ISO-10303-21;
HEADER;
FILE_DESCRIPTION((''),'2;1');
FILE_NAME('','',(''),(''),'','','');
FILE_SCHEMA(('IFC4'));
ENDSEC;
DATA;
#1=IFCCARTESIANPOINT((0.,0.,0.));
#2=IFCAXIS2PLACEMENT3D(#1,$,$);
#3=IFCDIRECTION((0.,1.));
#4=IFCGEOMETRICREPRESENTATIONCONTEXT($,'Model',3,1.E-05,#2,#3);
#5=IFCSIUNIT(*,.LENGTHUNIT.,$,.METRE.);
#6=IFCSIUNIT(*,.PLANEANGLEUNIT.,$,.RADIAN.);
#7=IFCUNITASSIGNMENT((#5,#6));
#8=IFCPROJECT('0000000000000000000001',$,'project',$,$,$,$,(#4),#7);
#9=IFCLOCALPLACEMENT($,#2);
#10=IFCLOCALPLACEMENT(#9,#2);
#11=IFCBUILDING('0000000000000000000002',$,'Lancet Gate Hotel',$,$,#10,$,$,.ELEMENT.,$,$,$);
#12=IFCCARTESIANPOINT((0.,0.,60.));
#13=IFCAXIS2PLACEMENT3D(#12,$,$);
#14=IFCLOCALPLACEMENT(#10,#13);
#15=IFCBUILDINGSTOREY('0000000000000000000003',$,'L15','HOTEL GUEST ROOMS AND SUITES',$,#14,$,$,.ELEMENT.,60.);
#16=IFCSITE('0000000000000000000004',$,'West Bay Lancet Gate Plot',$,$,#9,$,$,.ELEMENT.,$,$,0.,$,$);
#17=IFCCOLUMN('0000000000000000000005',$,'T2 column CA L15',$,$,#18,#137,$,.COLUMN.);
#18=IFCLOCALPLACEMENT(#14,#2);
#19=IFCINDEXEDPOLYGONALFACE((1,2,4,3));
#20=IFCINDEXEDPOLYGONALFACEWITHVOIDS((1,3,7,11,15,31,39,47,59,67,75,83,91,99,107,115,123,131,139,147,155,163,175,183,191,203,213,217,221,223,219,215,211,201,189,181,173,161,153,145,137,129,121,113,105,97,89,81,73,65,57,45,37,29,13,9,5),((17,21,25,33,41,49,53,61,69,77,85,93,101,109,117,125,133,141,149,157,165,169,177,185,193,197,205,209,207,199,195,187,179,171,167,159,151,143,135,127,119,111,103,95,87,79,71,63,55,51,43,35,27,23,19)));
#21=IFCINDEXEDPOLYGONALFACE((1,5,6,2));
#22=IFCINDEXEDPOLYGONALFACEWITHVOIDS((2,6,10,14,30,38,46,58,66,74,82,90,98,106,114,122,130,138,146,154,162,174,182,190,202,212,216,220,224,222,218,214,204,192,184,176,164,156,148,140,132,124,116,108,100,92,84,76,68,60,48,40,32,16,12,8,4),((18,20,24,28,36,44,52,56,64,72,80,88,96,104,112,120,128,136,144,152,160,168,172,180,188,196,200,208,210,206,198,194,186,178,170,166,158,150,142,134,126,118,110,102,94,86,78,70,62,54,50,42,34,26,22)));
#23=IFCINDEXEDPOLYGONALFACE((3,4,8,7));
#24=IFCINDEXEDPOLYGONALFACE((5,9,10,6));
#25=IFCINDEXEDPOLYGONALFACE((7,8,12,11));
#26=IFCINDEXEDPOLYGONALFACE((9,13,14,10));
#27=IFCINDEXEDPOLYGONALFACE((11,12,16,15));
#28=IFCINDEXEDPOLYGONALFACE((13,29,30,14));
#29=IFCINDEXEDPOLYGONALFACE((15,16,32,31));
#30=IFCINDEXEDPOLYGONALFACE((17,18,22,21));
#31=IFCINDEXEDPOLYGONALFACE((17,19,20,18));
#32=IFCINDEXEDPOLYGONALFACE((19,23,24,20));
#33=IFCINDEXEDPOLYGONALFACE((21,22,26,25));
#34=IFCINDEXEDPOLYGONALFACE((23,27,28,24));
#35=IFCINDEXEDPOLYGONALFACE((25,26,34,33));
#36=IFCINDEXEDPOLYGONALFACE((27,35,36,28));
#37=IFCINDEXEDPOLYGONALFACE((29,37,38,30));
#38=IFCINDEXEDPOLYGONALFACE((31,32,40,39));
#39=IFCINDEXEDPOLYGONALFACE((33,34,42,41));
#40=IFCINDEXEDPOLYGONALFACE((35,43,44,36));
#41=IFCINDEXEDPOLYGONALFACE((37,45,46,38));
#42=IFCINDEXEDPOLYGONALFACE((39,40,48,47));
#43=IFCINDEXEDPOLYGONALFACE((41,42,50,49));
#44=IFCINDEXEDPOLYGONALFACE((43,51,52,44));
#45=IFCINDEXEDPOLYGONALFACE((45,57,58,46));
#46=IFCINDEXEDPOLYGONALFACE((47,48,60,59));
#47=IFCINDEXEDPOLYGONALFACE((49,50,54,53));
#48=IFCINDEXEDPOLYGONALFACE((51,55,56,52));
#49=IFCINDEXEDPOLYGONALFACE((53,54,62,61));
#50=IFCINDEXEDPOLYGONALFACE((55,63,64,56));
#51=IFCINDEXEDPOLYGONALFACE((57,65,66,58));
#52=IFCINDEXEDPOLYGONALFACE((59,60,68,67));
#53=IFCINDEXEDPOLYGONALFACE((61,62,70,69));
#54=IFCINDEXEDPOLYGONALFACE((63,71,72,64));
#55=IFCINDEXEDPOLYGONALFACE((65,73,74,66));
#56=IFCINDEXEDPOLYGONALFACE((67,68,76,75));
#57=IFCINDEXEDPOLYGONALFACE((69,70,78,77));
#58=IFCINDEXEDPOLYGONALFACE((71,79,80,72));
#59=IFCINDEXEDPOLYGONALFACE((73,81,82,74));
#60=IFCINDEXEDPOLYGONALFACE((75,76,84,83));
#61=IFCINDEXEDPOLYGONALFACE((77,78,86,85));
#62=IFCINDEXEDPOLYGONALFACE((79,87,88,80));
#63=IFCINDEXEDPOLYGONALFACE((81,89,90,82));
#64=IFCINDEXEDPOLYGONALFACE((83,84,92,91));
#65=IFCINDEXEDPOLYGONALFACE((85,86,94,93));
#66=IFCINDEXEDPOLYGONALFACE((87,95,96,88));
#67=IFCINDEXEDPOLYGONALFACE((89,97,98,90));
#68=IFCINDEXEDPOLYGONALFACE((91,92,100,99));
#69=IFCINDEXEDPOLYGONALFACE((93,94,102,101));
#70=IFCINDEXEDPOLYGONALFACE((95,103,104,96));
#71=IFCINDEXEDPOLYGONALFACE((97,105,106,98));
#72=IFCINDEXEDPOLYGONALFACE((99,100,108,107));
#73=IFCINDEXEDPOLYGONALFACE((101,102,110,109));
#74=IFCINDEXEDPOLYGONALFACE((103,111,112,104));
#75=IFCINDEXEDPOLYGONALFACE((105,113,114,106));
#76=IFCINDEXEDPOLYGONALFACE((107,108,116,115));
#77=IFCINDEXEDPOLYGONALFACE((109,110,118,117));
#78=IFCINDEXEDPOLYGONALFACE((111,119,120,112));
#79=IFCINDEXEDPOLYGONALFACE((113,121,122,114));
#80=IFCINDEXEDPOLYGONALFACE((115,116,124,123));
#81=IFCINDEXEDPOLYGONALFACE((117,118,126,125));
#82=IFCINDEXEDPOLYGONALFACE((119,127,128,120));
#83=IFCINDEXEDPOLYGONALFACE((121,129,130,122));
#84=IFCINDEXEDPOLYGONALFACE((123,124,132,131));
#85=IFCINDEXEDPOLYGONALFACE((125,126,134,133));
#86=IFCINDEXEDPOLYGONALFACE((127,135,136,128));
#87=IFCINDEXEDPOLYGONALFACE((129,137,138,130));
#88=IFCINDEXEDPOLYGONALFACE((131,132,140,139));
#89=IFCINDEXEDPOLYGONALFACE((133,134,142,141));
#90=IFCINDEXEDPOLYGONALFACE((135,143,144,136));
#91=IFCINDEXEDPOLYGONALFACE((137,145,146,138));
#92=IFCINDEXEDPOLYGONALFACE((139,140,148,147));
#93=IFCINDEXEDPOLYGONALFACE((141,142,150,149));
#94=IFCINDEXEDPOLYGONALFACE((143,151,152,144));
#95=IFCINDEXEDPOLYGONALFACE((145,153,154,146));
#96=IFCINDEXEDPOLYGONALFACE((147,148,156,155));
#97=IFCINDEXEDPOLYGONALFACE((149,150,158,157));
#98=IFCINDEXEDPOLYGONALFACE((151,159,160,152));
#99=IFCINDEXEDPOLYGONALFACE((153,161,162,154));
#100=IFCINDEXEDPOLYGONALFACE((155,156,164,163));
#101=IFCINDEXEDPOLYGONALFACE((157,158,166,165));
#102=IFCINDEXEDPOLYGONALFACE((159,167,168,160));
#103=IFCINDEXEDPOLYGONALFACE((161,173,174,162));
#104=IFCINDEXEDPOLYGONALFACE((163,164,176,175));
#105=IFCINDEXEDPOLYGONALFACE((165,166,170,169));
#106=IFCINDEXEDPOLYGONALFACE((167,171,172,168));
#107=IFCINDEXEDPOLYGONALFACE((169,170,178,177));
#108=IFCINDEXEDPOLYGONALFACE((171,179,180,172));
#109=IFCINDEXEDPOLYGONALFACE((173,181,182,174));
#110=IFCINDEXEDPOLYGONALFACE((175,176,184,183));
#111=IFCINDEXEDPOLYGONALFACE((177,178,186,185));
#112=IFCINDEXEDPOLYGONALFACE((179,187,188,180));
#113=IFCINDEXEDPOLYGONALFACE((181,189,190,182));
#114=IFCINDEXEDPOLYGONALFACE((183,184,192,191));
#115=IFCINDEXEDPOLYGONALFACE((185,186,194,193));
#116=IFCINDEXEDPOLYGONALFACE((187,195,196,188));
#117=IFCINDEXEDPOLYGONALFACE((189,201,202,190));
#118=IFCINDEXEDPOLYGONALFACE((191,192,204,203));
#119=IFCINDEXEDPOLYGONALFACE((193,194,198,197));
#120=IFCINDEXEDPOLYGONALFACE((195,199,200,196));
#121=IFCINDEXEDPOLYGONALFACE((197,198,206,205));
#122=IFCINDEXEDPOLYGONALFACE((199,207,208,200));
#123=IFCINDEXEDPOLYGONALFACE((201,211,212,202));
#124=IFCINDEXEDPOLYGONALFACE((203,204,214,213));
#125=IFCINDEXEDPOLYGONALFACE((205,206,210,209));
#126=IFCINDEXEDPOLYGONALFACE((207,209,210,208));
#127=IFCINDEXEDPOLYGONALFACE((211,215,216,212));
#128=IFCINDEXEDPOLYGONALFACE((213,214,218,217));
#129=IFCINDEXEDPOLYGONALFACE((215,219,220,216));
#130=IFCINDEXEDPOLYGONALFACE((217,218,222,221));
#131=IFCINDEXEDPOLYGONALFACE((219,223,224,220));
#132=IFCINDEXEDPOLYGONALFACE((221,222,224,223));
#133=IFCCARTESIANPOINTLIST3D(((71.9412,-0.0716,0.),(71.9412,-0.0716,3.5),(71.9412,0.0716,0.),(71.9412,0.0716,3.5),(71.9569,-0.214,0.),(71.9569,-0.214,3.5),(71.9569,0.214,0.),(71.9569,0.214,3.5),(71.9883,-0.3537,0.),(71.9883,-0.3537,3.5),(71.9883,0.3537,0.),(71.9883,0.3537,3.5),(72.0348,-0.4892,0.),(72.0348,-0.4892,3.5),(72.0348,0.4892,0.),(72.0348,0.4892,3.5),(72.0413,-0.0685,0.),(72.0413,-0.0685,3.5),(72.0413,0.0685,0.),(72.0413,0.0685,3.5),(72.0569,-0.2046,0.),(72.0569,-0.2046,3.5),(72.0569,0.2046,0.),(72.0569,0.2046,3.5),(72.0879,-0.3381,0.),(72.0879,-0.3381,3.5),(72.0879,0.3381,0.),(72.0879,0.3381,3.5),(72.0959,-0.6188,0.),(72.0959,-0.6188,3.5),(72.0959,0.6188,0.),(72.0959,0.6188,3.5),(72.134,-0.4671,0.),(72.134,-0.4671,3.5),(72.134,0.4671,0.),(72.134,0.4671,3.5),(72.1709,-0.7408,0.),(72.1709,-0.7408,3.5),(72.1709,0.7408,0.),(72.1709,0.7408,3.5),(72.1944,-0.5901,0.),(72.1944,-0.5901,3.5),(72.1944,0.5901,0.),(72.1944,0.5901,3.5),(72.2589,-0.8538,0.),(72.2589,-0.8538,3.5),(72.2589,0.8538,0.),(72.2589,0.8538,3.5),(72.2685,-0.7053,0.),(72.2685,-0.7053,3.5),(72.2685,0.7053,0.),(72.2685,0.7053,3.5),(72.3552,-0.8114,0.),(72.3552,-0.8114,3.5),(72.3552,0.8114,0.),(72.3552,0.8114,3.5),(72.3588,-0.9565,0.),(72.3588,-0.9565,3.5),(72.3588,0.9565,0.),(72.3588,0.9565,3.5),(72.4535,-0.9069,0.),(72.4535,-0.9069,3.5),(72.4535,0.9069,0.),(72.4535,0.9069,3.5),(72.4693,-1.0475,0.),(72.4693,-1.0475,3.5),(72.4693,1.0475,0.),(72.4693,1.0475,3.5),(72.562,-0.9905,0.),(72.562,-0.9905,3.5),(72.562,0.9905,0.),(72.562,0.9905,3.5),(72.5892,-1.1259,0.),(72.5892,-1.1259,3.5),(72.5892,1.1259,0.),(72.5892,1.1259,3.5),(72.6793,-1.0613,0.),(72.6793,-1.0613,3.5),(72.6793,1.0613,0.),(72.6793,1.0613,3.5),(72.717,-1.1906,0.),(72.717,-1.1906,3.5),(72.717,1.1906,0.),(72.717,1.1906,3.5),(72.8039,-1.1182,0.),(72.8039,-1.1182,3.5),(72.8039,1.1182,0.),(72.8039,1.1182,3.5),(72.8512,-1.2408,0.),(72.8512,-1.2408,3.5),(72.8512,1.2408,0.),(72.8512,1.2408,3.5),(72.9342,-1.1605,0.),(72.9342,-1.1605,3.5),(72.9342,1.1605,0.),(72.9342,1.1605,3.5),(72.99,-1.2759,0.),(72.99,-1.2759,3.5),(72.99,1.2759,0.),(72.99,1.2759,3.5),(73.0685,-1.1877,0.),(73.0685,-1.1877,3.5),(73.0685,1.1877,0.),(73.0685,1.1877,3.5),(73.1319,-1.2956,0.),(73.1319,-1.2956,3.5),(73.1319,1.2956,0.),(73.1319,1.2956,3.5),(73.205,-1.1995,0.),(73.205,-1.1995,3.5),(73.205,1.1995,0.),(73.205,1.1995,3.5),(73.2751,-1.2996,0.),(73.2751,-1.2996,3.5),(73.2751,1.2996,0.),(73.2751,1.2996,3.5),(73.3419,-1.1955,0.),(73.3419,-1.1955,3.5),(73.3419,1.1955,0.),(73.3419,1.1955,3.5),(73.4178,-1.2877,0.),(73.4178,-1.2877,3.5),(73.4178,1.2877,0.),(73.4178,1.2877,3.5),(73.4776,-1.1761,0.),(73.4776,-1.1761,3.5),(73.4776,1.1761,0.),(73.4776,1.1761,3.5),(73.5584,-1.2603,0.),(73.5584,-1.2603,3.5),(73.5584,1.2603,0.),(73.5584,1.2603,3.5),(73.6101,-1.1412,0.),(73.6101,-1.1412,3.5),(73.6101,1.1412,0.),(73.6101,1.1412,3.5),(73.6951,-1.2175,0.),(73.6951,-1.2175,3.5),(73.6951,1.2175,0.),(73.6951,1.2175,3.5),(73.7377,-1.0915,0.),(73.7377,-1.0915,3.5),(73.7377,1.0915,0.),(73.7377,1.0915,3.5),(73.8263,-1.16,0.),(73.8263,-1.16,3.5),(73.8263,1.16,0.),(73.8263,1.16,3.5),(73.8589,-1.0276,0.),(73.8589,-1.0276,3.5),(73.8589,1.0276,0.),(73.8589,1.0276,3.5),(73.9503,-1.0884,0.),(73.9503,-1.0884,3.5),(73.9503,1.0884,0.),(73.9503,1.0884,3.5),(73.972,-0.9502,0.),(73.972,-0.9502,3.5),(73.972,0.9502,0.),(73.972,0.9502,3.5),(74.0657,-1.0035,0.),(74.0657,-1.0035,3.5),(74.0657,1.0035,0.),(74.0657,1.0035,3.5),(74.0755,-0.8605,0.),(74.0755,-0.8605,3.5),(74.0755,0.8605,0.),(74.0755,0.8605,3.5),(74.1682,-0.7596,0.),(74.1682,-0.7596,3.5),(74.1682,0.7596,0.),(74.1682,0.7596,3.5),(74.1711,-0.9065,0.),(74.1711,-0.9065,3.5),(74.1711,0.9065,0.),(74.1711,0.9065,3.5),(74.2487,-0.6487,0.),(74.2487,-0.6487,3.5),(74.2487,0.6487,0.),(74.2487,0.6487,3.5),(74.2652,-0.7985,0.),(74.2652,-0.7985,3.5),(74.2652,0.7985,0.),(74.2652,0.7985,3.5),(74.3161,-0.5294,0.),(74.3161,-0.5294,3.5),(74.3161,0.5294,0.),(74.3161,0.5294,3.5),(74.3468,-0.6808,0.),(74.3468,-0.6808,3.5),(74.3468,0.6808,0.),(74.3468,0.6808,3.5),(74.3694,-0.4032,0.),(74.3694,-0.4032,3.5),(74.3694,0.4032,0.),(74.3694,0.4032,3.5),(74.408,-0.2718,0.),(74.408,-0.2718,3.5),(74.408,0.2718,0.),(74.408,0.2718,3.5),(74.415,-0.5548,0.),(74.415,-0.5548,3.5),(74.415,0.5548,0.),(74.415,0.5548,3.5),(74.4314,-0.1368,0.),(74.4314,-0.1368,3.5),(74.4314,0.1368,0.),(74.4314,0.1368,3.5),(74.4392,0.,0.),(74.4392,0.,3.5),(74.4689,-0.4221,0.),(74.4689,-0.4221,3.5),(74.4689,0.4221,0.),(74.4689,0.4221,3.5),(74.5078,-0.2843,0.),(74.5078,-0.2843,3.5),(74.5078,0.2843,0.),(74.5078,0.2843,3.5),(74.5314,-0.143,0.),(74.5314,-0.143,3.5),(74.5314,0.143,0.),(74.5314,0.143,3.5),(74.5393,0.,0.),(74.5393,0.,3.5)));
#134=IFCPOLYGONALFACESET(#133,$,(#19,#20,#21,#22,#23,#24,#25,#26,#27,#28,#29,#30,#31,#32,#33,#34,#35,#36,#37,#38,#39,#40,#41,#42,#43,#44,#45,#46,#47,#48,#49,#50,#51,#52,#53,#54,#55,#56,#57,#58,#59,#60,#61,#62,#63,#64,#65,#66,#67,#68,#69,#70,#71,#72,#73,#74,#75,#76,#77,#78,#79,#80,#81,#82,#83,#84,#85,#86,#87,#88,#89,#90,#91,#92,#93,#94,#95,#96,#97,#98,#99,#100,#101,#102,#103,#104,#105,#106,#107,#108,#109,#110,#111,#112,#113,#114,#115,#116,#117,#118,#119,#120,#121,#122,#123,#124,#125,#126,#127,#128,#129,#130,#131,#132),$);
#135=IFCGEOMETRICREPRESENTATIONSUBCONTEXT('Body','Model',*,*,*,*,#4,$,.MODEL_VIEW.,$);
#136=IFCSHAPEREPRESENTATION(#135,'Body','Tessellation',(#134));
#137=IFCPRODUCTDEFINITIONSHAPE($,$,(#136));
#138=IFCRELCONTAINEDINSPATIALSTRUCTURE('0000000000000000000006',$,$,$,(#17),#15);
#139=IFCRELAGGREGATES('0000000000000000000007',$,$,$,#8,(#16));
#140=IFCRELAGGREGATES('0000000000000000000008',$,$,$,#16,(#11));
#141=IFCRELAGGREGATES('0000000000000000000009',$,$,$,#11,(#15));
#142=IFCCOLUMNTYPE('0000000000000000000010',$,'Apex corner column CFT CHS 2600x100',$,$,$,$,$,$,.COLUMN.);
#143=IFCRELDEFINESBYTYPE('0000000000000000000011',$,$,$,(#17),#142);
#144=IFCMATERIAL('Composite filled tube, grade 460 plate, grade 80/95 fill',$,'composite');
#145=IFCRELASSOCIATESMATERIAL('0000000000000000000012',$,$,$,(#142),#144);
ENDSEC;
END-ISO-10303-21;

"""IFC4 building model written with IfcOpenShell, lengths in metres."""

from ifc_helpers import new_model, si_unit, direction, frame, origin, origin_2d, place, context, subcontext, project, spatial, hollow_circle, extrude, material, material_profile, profile_set, type_object, element, save


model = new_model("IFC4")

# Units and contexts
model_context = context("Model", 3, precision=1e-05, world=origin(), true_north=direction((0.0, 1.0)))
body_context = subcontext(model_context, "Body", "Model", "MODEL_VIEW")
ifc_project = project(units=[si_unit("LENGTHUNIT", "METRE"), si_unit("PLANEANGLEUNIT", "RADIAN")], contexts=[model_context])

# Site, building, storey
site_placement = place(None, origin())
site = spatial("IfcSite", under=ifc_project, at=site_placement, Name="West Bay Lancet Gate Plot", CompositionType="ELEMENT", RefElevation=0.0)
building_placement = place(site_placement, origin())
building = spatial("IfcBuilding", under=site, at=building_placement, Name="Lancet Gate Hotel", CompositionType="ELEMENT")
storey_placement = place(building_placement, frame((0.0, 0.0, 60.0)))
storey = spatial("IfcBuildingStorey", under=building, at=storey_placement, Name="L15", Description="HOTEL GUEST ROOMS AND SUITES", CompositionType="ELEMENT", Elevation=60.0)

# Column
ifc_material_1 = material(Name="Composite filled tube, grade 460 plate, grade 80/95 fill", Category="composite")
ifc_material_profile_1 = material_profile(ifc_material_1, hollow_circle(Radius=1.3, WallThickness=0.1001, at=origin_2d()), Name="CHS 2600x100")
ifc_profile_set_1 = profile_set([ifc_material_profile_1], Name="Composite filled tube, grade 460 plate, grade 80/95 fill")
column_type_1 = type_object("IfcColumnType", Name="Apex corner column CFT CHS 2600x100", PredefinedType="COLUMN", material=ifc_profile_set_1)
column_1_placement = place(storey_placement, frame((73.2393, 0.0, 0.0), z_axis=(0.0, 0.0, 1.0), x_axis=(1.0, 0.0, 0.0)))
element("IfcColumn", 1, at=column_1_placement, inside=storey, type_object=column_type_1, Name="T2 column CA L15", PredefinedType="COLUMN", context=body_context, shape_type="SweptSolid", body=[
    extrude(hollow_circle(Radius=1.3, WallThickness=0.1001, at=origin_2d()), origin(), (0.0, 0.0, 1.0), 3.5),
])

save(model, "model.ifc")
